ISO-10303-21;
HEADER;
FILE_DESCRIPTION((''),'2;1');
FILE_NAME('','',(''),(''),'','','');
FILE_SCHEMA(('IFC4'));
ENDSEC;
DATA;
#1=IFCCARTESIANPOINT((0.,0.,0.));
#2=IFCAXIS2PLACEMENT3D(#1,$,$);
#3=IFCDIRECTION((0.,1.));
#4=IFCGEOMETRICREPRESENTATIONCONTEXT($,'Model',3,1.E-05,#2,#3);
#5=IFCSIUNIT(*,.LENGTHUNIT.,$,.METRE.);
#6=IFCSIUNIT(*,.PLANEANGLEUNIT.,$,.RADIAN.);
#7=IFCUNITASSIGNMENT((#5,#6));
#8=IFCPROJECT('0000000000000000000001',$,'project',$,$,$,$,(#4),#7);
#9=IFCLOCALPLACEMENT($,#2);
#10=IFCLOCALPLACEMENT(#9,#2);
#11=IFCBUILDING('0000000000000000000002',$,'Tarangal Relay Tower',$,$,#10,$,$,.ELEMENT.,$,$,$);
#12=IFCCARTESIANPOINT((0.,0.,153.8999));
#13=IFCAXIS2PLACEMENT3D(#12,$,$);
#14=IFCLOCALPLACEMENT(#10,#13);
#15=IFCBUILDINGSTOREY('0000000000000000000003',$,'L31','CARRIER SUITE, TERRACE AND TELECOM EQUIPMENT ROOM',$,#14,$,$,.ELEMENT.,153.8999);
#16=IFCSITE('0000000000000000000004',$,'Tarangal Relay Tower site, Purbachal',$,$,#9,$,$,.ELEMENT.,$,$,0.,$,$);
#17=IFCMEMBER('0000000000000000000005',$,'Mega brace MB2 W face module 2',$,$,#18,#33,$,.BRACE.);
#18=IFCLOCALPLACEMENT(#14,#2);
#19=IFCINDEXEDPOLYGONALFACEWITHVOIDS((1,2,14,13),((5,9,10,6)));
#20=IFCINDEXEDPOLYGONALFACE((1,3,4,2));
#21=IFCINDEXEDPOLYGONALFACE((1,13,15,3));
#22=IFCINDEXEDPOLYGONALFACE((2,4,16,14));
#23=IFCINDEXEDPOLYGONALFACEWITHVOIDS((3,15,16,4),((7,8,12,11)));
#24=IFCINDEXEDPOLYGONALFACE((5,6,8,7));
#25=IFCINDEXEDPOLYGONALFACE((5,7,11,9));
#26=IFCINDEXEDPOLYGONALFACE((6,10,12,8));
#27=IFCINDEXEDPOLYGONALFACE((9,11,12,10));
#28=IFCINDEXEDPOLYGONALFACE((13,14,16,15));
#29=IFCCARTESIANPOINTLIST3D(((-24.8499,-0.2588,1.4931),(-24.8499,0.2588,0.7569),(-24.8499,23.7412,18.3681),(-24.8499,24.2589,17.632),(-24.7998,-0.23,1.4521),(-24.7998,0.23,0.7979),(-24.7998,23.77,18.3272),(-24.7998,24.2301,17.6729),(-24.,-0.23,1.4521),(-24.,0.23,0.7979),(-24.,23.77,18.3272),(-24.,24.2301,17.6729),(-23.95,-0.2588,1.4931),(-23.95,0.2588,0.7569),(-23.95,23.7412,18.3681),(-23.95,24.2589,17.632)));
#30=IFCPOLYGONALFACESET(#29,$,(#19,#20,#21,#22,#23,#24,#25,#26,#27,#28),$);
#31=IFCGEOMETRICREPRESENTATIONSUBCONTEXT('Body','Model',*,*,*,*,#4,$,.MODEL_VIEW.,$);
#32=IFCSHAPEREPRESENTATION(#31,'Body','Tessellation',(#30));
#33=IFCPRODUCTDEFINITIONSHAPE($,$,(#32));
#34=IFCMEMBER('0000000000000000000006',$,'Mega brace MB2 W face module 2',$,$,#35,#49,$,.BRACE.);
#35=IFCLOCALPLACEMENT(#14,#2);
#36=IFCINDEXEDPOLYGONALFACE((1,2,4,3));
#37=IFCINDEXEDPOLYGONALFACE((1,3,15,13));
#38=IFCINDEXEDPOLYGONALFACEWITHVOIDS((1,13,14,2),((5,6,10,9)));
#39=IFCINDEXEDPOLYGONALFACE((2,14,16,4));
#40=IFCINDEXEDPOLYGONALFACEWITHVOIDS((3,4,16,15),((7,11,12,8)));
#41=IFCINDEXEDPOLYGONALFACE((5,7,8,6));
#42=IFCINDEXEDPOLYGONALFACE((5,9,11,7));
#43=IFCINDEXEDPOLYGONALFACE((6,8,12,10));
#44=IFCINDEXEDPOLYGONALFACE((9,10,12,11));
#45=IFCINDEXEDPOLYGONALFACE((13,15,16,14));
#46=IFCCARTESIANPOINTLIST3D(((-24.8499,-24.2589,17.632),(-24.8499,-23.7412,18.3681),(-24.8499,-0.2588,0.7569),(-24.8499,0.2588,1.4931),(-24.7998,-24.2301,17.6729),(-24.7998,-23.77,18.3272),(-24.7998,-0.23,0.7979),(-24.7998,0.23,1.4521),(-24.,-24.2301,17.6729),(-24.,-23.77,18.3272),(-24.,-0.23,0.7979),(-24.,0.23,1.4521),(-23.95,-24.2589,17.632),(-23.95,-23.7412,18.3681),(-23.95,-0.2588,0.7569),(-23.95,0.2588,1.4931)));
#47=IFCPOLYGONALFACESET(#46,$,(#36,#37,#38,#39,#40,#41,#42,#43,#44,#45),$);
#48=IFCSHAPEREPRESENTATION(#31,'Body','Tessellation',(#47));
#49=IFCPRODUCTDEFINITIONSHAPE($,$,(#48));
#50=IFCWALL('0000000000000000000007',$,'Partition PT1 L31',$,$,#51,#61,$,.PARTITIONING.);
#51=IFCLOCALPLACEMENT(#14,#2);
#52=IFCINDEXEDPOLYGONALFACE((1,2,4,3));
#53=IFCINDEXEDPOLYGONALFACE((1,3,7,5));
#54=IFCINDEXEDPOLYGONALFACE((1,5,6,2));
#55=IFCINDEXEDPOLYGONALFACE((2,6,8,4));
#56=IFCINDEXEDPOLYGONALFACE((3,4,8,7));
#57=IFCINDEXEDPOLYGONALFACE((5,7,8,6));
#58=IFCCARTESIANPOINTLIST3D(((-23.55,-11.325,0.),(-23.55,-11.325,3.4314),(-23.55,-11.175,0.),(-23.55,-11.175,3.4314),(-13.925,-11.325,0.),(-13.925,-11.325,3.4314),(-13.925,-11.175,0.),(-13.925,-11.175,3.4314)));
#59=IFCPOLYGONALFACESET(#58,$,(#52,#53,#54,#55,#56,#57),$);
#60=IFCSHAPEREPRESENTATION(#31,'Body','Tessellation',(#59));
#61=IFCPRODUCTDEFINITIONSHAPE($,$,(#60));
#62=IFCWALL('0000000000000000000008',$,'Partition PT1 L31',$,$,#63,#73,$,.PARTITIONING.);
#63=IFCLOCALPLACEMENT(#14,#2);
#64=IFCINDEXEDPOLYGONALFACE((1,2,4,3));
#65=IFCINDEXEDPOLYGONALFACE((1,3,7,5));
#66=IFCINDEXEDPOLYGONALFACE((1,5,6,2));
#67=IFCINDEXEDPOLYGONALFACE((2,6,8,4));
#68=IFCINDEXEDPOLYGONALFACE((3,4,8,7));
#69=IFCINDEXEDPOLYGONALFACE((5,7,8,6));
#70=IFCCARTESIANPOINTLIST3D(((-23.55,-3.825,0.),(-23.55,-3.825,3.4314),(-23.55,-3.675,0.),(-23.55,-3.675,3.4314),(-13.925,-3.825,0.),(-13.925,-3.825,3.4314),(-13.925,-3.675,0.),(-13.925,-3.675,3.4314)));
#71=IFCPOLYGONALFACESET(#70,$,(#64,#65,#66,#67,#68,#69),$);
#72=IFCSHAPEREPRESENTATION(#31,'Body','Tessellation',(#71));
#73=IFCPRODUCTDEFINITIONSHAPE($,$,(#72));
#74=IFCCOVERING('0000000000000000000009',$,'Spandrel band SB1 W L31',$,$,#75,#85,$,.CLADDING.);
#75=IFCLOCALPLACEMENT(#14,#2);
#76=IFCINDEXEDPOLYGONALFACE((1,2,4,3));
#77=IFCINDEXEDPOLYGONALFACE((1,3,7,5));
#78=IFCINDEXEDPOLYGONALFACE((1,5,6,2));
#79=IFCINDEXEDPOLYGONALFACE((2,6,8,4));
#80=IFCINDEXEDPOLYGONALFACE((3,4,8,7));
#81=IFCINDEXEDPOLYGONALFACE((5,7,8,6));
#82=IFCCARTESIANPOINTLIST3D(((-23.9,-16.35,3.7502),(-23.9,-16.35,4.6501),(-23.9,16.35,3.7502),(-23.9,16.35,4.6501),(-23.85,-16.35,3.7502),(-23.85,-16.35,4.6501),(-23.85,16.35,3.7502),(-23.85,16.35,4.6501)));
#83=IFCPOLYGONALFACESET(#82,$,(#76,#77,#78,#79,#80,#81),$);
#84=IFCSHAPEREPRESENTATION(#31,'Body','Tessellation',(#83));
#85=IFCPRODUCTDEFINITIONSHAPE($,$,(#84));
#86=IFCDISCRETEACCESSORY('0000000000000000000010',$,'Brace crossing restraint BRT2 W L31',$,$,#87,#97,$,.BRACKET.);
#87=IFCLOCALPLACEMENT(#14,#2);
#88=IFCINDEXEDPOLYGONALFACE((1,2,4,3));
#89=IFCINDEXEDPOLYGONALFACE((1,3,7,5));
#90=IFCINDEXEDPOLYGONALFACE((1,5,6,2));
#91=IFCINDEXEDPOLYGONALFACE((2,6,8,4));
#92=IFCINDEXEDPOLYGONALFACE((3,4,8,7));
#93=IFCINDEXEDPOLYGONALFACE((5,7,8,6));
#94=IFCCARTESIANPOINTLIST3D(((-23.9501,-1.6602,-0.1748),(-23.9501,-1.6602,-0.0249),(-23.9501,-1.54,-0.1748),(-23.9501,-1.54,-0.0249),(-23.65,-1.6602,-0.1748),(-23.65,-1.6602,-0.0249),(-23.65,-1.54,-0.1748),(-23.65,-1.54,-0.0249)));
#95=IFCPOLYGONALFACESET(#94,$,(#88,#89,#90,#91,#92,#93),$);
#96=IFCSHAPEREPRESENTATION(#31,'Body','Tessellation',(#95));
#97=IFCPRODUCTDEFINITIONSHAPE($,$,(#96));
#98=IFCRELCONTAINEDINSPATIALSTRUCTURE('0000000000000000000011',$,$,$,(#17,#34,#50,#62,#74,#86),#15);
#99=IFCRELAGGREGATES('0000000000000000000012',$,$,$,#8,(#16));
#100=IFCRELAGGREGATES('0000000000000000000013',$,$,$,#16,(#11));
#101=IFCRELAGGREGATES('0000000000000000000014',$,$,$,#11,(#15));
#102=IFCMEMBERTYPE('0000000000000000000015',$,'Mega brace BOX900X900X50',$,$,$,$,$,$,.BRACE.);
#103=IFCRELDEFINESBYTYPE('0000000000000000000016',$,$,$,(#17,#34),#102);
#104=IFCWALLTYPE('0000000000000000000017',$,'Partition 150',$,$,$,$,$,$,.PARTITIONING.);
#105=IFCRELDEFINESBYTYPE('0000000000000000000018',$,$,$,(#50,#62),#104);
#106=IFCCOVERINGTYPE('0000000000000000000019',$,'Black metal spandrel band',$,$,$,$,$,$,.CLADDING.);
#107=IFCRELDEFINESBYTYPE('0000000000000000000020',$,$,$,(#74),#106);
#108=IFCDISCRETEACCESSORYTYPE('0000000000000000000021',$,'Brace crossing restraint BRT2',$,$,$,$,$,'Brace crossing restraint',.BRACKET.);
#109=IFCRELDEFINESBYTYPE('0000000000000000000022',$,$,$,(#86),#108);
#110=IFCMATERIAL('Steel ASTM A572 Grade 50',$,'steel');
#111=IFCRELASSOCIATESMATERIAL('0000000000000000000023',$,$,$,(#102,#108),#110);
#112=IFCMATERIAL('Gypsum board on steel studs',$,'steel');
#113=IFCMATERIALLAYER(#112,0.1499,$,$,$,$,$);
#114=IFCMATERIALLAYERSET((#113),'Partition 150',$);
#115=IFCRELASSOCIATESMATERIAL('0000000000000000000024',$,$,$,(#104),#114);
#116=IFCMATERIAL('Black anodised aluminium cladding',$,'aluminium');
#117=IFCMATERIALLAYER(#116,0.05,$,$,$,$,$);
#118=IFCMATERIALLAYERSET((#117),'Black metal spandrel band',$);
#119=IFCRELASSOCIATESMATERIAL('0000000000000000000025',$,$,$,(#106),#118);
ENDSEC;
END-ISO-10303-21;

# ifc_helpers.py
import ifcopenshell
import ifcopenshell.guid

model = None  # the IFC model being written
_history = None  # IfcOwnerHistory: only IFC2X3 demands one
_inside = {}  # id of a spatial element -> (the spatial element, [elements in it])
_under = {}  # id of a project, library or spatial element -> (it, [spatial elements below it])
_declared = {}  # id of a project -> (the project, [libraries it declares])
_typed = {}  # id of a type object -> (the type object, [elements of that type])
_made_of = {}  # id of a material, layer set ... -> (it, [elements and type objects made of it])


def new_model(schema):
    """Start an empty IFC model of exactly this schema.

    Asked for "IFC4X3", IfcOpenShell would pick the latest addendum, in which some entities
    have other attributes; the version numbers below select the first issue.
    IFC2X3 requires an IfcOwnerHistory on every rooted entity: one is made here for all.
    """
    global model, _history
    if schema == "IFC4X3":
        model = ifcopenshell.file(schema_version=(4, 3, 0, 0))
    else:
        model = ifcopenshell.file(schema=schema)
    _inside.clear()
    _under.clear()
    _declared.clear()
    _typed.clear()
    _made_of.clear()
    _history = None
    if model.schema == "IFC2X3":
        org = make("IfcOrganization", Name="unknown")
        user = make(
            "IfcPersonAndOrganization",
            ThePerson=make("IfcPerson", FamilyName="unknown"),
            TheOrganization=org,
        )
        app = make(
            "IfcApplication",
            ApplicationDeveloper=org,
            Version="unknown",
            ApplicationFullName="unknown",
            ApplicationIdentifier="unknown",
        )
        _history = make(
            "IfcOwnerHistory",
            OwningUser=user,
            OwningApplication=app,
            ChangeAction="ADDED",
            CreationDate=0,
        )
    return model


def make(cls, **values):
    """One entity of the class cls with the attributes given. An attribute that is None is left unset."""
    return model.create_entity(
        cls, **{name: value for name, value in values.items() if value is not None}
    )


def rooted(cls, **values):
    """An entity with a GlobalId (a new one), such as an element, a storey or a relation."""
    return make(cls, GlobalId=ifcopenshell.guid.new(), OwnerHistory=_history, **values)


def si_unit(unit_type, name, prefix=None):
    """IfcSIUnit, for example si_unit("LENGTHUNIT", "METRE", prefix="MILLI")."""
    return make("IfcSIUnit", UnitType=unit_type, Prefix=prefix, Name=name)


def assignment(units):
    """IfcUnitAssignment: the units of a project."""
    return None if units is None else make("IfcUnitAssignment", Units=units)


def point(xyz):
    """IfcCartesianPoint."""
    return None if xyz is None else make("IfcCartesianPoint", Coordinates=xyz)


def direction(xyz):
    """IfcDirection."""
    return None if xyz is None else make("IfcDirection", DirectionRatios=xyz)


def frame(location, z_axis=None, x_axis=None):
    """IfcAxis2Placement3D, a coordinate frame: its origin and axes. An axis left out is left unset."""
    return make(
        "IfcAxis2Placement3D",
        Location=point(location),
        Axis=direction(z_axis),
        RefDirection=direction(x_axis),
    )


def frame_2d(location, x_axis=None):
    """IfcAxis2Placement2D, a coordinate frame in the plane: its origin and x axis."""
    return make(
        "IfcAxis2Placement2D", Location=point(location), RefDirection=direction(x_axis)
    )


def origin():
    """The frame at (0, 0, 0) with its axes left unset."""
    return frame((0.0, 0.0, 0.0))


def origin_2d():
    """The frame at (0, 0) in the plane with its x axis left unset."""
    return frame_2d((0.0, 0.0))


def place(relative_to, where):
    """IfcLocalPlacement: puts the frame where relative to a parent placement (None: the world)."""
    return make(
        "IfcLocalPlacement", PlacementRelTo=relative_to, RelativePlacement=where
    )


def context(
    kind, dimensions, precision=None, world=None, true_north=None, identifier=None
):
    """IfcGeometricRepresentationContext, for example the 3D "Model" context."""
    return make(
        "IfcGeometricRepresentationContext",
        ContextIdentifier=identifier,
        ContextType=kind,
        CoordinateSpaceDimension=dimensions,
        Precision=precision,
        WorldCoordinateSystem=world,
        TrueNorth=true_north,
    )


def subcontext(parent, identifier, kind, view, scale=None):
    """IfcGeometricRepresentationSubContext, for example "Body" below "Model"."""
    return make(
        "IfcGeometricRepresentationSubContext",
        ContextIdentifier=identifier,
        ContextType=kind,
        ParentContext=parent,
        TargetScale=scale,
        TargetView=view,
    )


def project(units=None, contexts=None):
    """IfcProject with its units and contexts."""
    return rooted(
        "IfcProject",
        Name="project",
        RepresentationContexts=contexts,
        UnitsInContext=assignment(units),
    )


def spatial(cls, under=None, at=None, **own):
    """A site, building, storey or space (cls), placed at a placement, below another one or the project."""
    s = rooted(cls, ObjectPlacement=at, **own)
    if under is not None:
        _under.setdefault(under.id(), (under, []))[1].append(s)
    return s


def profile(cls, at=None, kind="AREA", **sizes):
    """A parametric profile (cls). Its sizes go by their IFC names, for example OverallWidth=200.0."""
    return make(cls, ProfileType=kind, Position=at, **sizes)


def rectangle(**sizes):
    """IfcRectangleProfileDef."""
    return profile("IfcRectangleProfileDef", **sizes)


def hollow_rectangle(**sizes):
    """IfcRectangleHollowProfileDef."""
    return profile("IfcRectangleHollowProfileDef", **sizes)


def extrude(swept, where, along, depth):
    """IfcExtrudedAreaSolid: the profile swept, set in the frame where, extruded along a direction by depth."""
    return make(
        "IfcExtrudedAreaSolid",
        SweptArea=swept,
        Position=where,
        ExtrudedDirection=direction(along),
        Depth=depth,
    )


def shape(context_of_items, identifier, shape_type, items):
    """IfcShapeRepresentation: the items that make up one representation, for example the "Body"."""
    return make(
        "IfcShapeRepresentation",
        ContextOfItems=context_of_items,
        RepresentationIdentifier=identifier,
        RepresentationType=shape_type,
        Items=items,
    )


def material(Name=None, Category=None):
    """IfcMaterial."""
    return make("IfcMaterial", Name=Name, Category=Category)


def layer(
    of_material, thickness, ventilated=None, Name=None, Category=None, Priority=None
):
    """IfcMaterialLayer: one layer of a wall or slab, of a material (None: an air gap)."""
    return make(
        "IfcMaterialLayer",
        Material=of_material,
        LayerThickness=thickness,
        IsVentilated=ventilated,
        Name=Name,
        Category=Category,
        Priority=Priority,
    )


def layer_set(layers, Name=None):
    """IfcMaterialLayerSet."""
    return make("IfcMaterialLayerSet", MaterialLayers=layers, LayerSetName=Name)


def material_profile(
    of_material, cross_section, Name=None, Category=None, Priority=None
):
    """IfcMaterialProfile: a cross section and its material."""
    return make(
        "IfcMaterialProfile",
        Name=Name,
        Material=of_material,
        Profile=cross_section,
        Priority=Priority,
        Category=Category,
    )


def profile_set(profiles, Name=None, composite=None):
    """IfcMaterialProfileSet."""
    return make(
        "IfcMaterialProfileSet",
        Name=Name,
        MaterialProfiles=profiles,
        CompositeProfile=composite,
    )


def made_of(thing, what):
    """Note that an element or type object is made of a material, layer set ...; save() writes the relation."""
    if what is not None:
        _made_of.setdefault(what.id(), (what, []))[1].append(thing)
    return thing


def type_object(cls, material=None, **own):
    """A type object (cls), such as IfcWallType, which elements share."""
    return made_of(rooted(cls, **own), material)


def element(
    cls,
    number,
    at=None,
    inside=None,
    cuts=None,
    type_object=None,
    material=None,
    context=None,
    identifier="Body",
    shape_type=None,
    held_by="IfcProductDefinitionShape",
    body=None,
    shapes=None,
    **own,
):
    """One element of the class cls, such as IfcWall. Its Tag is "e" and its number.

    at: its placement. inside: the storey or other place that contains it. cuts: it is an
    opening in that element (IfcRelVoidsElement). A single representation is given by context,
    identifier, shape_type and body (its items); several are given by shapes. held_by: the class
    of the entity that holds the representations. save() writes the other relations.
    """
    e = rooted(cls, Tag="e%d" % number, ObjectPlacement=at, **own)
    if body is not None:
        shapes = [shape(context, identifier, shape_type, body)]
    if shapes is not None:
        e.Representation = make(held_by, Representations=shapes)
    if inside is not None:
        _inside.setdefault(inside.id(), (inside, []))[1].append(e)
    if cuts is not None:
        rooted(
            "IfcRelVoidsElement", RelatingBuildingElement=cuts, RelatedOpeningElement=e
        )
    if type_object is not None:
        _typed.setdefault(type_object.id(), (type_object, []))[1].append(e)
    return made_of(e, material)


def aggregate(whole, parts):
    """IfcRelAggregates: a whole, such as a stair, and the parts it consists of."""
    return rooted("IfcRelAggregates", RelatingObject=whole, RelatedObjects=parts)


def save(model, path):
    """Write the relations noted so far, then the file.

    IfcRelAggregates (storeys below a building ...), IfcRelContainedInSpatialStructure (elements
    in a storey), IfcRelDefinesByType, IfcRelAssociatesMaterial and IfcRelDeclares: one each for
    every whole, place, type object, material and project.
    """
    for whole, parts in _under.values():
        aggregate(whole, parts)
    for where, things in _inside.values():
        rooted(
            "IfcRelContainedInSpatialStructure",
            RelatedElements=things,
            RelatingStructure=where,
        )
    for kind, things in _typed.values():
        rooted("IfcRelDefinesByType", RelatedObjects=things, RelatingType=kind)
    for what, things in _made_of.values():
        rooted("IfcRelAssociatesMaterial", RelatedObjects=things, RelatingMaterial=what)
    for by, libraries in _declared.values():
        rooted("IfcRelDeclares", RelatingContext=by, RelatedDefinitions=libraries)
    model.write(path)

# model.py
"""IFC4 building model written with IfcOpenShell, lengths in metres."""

from ifc_helpers import new_model, si_unit, direction, frame, frame_2d, origin, origin_2d, place, context, subcontext, project, spatial, rectangle, hollow_rectangle, extrude, material, layer, layer_set, material_profile, profile_set, type_object, element, save


model = new_model("IFC4")

# Units and contexts
model_context = context("Model", 3, precision=1e-05, world=origin(), true_north=direction((0.0, 1.0)))
body_context = subcontext(model_context, "Body", "Model", "MODEL_VIEW")
ifc_project = project(units=[si_unit("LENGTHUNIT", "METRE"), si_unit("PLANEANGLEUNIT", "RADIAN")], contexts=[model_context])

# Site, building, storey
site_placement = place(None, origin())
site = spatial("IfcSite", under=ifc_project, at=site_placement, Name="Tarangal Relay Tower site, Purbachal", CompositionType="ELEMENT", RefElevation=0.0)
building_placement = place(site_placement, origin())
building = spatial("IfcBuilding", under=site, at=building_placement, Name="Tarangal Relay Tower", CompositionType="ELEMENT")
storey_placement = place(building_placement, frame((0.0, 0.0, 153.8999)))
storey = spatial("IfcBuildingStorey", under=building, at=storey_placement, Name="L31", Description="CARRIER SUITE, TERRACE AND TELECOM EQUIPMENT ROOM", CompositionType="ELEMENT", Elevation=153.8999)

# Shared definitions
ifc_material_1 = material(Name="Steel ASTM A572 Grade 50", Category="steel")

# Members
ifc_material_profile_1 = material_profile(ifc_material_1, hollow_rectangle(XDim=0.8999, YDim=0.8999, WallThickness=0.05, at=origin_2d()), Name="BOX900X900X50")
ifc_profile_set_1 = profile_set([ifc_material_profile_1], Name="Steel ASTM A572 Grade 50")
member_type = type_object("IfcMemberType", Name="Mega brace BOX900X900X50", PredefinedType="BRACE", material=ifc_profile_set_1)
for number, where, z_axis, x_axis, name in (
    (1, (-24.3999, 0.0, 1.125), (0.0, 0.818029, 0.575177), (-1.0, 0.0, 0.0), "Mega brace MB2 W face module 2"),
    (2, (-24.3999, 0.0, 1.125), (0.0, -0.818029, 0.575177), (1.0, 0.0, 0.0), "Mega brace MB2 W face module 2"),
):
    element("IfcMember", number, at=place(storey_placement, frame(where, z_axis=z_axis, x_axis=x_axis)), inside=storey, type_object=member_type, Name=name, PredefinedType="BRACE", context=body_context, shape_type="SweptSolid", body=[
        extrude(hollow_rectangle(XDim=0.8999, YDim=0.8999, WallThickness=0.05, at=origin_2d()), origin(), (0.0, 0.0, 1.0), 29.3389),
    ])

# Walls
ifc_material_2 = material(Name="Gypsum board on steel studs", Category="steel")
ifc_layer_1 = layer(ifc_material_2, 0.1499)
ifc_layer_set_1 = layer_set([ifc_layer_1], Name="Partition 150")
wall_type = type_object("IfcWallType", Name="Partition 150", PredefinedType="PARTITIONING", material=ifc_layer_set_1)
for number, where, z_axis, x_axis, name in (
    (3, (-23.55, -11.25, 0.0), (0.0, 0.0, 1.0), (1.0, 0.0, 0.0), "Partition PT1 L31"),
    (4, (-23.55, -3.75, 0.0), (0.0, 0.0, 1.0), (1.0, 0.0, 0.0), "Partition PT1 L31"),
):
    element("IfcWall", number, at=place(storey_placement, frame(where, z_axis=z_axis, x_axis=x_axis)), inside=storey, type_object=wall_type, Name=name, PredefinedType="PARTITIONING", context=body_context, shape_type="SweptSolid", body=[
        extrude(rectangle(XDim=9.625, YDim=0.1499, at=frame_2d((4.8125, 0.0))), origin(), (0.0, 0.0, 1.0), 3.4314),
    ])

# Covering
ifc_material_3 = material(Name="Black anodised aluminium cladding", Category="aluminium")
ifc_layer_2 = layer(ifc_material_3, 0.05)
ifc_layer_set_2 = layer_set([ifc_layer_2], Name="Black metal spandrel band")
covering_type = type_object("IfcCoveringType", Name="Black metal spandrel band", PredefinedType="CLADDING", material=ifc_layer_set_2)
covering_placement = place(storey_placement, frame((-23.875, 0.0, 3.7502), z_axis=(0.0, 0.0, 1.0), x_axis=(0.0, 1.0, 0.0)))
element("IfcCovering", 5, at=covering_placement, inside=storey, type_object=covering_type, Name="Spandrel band SB1 W L31", PredefinedType="CLADDING", context=body_context, shape_type="SweptSolid", body=[
    extrude(rectangle(XDim=32.7, YDim=0.05, at=origin_2d()), origin(), (0.0, 0.0, 1.0), 0.8999),
])

# Discrete accessory
discrete_accessory_type = type_object("IfcDiscreteAccessoryType", Name="Brace crossing restraint BRT2", ElementType="Brace crossing restraint", PredefinedType="BRACKET", material=ifc_material_1)
discrete_accessory_placement = place(storey_placement, frame((-23.8, -1.6001, -0.1748), z_axis=(0.0, 0.0, 1.0), x_axis=(1.0, 0.0, 0.0)))
element("IfcDiscreteAccessory", 6, at=discrete_accessory_placement, inside=storey, type_object=discrete_accessory_type, Name="Brace crossing restraint BRT2 W L31", PredefinedType="BRACKET", context=body_context, shape_type="SweptSolid", body=[
    extrude(rectangle(XDim=0.3, YDim=0.1201, at=origin_2d()), origin(), (0.0, 0.0, 1.0), 0.1499),
])

save(model, "model.ifc")
